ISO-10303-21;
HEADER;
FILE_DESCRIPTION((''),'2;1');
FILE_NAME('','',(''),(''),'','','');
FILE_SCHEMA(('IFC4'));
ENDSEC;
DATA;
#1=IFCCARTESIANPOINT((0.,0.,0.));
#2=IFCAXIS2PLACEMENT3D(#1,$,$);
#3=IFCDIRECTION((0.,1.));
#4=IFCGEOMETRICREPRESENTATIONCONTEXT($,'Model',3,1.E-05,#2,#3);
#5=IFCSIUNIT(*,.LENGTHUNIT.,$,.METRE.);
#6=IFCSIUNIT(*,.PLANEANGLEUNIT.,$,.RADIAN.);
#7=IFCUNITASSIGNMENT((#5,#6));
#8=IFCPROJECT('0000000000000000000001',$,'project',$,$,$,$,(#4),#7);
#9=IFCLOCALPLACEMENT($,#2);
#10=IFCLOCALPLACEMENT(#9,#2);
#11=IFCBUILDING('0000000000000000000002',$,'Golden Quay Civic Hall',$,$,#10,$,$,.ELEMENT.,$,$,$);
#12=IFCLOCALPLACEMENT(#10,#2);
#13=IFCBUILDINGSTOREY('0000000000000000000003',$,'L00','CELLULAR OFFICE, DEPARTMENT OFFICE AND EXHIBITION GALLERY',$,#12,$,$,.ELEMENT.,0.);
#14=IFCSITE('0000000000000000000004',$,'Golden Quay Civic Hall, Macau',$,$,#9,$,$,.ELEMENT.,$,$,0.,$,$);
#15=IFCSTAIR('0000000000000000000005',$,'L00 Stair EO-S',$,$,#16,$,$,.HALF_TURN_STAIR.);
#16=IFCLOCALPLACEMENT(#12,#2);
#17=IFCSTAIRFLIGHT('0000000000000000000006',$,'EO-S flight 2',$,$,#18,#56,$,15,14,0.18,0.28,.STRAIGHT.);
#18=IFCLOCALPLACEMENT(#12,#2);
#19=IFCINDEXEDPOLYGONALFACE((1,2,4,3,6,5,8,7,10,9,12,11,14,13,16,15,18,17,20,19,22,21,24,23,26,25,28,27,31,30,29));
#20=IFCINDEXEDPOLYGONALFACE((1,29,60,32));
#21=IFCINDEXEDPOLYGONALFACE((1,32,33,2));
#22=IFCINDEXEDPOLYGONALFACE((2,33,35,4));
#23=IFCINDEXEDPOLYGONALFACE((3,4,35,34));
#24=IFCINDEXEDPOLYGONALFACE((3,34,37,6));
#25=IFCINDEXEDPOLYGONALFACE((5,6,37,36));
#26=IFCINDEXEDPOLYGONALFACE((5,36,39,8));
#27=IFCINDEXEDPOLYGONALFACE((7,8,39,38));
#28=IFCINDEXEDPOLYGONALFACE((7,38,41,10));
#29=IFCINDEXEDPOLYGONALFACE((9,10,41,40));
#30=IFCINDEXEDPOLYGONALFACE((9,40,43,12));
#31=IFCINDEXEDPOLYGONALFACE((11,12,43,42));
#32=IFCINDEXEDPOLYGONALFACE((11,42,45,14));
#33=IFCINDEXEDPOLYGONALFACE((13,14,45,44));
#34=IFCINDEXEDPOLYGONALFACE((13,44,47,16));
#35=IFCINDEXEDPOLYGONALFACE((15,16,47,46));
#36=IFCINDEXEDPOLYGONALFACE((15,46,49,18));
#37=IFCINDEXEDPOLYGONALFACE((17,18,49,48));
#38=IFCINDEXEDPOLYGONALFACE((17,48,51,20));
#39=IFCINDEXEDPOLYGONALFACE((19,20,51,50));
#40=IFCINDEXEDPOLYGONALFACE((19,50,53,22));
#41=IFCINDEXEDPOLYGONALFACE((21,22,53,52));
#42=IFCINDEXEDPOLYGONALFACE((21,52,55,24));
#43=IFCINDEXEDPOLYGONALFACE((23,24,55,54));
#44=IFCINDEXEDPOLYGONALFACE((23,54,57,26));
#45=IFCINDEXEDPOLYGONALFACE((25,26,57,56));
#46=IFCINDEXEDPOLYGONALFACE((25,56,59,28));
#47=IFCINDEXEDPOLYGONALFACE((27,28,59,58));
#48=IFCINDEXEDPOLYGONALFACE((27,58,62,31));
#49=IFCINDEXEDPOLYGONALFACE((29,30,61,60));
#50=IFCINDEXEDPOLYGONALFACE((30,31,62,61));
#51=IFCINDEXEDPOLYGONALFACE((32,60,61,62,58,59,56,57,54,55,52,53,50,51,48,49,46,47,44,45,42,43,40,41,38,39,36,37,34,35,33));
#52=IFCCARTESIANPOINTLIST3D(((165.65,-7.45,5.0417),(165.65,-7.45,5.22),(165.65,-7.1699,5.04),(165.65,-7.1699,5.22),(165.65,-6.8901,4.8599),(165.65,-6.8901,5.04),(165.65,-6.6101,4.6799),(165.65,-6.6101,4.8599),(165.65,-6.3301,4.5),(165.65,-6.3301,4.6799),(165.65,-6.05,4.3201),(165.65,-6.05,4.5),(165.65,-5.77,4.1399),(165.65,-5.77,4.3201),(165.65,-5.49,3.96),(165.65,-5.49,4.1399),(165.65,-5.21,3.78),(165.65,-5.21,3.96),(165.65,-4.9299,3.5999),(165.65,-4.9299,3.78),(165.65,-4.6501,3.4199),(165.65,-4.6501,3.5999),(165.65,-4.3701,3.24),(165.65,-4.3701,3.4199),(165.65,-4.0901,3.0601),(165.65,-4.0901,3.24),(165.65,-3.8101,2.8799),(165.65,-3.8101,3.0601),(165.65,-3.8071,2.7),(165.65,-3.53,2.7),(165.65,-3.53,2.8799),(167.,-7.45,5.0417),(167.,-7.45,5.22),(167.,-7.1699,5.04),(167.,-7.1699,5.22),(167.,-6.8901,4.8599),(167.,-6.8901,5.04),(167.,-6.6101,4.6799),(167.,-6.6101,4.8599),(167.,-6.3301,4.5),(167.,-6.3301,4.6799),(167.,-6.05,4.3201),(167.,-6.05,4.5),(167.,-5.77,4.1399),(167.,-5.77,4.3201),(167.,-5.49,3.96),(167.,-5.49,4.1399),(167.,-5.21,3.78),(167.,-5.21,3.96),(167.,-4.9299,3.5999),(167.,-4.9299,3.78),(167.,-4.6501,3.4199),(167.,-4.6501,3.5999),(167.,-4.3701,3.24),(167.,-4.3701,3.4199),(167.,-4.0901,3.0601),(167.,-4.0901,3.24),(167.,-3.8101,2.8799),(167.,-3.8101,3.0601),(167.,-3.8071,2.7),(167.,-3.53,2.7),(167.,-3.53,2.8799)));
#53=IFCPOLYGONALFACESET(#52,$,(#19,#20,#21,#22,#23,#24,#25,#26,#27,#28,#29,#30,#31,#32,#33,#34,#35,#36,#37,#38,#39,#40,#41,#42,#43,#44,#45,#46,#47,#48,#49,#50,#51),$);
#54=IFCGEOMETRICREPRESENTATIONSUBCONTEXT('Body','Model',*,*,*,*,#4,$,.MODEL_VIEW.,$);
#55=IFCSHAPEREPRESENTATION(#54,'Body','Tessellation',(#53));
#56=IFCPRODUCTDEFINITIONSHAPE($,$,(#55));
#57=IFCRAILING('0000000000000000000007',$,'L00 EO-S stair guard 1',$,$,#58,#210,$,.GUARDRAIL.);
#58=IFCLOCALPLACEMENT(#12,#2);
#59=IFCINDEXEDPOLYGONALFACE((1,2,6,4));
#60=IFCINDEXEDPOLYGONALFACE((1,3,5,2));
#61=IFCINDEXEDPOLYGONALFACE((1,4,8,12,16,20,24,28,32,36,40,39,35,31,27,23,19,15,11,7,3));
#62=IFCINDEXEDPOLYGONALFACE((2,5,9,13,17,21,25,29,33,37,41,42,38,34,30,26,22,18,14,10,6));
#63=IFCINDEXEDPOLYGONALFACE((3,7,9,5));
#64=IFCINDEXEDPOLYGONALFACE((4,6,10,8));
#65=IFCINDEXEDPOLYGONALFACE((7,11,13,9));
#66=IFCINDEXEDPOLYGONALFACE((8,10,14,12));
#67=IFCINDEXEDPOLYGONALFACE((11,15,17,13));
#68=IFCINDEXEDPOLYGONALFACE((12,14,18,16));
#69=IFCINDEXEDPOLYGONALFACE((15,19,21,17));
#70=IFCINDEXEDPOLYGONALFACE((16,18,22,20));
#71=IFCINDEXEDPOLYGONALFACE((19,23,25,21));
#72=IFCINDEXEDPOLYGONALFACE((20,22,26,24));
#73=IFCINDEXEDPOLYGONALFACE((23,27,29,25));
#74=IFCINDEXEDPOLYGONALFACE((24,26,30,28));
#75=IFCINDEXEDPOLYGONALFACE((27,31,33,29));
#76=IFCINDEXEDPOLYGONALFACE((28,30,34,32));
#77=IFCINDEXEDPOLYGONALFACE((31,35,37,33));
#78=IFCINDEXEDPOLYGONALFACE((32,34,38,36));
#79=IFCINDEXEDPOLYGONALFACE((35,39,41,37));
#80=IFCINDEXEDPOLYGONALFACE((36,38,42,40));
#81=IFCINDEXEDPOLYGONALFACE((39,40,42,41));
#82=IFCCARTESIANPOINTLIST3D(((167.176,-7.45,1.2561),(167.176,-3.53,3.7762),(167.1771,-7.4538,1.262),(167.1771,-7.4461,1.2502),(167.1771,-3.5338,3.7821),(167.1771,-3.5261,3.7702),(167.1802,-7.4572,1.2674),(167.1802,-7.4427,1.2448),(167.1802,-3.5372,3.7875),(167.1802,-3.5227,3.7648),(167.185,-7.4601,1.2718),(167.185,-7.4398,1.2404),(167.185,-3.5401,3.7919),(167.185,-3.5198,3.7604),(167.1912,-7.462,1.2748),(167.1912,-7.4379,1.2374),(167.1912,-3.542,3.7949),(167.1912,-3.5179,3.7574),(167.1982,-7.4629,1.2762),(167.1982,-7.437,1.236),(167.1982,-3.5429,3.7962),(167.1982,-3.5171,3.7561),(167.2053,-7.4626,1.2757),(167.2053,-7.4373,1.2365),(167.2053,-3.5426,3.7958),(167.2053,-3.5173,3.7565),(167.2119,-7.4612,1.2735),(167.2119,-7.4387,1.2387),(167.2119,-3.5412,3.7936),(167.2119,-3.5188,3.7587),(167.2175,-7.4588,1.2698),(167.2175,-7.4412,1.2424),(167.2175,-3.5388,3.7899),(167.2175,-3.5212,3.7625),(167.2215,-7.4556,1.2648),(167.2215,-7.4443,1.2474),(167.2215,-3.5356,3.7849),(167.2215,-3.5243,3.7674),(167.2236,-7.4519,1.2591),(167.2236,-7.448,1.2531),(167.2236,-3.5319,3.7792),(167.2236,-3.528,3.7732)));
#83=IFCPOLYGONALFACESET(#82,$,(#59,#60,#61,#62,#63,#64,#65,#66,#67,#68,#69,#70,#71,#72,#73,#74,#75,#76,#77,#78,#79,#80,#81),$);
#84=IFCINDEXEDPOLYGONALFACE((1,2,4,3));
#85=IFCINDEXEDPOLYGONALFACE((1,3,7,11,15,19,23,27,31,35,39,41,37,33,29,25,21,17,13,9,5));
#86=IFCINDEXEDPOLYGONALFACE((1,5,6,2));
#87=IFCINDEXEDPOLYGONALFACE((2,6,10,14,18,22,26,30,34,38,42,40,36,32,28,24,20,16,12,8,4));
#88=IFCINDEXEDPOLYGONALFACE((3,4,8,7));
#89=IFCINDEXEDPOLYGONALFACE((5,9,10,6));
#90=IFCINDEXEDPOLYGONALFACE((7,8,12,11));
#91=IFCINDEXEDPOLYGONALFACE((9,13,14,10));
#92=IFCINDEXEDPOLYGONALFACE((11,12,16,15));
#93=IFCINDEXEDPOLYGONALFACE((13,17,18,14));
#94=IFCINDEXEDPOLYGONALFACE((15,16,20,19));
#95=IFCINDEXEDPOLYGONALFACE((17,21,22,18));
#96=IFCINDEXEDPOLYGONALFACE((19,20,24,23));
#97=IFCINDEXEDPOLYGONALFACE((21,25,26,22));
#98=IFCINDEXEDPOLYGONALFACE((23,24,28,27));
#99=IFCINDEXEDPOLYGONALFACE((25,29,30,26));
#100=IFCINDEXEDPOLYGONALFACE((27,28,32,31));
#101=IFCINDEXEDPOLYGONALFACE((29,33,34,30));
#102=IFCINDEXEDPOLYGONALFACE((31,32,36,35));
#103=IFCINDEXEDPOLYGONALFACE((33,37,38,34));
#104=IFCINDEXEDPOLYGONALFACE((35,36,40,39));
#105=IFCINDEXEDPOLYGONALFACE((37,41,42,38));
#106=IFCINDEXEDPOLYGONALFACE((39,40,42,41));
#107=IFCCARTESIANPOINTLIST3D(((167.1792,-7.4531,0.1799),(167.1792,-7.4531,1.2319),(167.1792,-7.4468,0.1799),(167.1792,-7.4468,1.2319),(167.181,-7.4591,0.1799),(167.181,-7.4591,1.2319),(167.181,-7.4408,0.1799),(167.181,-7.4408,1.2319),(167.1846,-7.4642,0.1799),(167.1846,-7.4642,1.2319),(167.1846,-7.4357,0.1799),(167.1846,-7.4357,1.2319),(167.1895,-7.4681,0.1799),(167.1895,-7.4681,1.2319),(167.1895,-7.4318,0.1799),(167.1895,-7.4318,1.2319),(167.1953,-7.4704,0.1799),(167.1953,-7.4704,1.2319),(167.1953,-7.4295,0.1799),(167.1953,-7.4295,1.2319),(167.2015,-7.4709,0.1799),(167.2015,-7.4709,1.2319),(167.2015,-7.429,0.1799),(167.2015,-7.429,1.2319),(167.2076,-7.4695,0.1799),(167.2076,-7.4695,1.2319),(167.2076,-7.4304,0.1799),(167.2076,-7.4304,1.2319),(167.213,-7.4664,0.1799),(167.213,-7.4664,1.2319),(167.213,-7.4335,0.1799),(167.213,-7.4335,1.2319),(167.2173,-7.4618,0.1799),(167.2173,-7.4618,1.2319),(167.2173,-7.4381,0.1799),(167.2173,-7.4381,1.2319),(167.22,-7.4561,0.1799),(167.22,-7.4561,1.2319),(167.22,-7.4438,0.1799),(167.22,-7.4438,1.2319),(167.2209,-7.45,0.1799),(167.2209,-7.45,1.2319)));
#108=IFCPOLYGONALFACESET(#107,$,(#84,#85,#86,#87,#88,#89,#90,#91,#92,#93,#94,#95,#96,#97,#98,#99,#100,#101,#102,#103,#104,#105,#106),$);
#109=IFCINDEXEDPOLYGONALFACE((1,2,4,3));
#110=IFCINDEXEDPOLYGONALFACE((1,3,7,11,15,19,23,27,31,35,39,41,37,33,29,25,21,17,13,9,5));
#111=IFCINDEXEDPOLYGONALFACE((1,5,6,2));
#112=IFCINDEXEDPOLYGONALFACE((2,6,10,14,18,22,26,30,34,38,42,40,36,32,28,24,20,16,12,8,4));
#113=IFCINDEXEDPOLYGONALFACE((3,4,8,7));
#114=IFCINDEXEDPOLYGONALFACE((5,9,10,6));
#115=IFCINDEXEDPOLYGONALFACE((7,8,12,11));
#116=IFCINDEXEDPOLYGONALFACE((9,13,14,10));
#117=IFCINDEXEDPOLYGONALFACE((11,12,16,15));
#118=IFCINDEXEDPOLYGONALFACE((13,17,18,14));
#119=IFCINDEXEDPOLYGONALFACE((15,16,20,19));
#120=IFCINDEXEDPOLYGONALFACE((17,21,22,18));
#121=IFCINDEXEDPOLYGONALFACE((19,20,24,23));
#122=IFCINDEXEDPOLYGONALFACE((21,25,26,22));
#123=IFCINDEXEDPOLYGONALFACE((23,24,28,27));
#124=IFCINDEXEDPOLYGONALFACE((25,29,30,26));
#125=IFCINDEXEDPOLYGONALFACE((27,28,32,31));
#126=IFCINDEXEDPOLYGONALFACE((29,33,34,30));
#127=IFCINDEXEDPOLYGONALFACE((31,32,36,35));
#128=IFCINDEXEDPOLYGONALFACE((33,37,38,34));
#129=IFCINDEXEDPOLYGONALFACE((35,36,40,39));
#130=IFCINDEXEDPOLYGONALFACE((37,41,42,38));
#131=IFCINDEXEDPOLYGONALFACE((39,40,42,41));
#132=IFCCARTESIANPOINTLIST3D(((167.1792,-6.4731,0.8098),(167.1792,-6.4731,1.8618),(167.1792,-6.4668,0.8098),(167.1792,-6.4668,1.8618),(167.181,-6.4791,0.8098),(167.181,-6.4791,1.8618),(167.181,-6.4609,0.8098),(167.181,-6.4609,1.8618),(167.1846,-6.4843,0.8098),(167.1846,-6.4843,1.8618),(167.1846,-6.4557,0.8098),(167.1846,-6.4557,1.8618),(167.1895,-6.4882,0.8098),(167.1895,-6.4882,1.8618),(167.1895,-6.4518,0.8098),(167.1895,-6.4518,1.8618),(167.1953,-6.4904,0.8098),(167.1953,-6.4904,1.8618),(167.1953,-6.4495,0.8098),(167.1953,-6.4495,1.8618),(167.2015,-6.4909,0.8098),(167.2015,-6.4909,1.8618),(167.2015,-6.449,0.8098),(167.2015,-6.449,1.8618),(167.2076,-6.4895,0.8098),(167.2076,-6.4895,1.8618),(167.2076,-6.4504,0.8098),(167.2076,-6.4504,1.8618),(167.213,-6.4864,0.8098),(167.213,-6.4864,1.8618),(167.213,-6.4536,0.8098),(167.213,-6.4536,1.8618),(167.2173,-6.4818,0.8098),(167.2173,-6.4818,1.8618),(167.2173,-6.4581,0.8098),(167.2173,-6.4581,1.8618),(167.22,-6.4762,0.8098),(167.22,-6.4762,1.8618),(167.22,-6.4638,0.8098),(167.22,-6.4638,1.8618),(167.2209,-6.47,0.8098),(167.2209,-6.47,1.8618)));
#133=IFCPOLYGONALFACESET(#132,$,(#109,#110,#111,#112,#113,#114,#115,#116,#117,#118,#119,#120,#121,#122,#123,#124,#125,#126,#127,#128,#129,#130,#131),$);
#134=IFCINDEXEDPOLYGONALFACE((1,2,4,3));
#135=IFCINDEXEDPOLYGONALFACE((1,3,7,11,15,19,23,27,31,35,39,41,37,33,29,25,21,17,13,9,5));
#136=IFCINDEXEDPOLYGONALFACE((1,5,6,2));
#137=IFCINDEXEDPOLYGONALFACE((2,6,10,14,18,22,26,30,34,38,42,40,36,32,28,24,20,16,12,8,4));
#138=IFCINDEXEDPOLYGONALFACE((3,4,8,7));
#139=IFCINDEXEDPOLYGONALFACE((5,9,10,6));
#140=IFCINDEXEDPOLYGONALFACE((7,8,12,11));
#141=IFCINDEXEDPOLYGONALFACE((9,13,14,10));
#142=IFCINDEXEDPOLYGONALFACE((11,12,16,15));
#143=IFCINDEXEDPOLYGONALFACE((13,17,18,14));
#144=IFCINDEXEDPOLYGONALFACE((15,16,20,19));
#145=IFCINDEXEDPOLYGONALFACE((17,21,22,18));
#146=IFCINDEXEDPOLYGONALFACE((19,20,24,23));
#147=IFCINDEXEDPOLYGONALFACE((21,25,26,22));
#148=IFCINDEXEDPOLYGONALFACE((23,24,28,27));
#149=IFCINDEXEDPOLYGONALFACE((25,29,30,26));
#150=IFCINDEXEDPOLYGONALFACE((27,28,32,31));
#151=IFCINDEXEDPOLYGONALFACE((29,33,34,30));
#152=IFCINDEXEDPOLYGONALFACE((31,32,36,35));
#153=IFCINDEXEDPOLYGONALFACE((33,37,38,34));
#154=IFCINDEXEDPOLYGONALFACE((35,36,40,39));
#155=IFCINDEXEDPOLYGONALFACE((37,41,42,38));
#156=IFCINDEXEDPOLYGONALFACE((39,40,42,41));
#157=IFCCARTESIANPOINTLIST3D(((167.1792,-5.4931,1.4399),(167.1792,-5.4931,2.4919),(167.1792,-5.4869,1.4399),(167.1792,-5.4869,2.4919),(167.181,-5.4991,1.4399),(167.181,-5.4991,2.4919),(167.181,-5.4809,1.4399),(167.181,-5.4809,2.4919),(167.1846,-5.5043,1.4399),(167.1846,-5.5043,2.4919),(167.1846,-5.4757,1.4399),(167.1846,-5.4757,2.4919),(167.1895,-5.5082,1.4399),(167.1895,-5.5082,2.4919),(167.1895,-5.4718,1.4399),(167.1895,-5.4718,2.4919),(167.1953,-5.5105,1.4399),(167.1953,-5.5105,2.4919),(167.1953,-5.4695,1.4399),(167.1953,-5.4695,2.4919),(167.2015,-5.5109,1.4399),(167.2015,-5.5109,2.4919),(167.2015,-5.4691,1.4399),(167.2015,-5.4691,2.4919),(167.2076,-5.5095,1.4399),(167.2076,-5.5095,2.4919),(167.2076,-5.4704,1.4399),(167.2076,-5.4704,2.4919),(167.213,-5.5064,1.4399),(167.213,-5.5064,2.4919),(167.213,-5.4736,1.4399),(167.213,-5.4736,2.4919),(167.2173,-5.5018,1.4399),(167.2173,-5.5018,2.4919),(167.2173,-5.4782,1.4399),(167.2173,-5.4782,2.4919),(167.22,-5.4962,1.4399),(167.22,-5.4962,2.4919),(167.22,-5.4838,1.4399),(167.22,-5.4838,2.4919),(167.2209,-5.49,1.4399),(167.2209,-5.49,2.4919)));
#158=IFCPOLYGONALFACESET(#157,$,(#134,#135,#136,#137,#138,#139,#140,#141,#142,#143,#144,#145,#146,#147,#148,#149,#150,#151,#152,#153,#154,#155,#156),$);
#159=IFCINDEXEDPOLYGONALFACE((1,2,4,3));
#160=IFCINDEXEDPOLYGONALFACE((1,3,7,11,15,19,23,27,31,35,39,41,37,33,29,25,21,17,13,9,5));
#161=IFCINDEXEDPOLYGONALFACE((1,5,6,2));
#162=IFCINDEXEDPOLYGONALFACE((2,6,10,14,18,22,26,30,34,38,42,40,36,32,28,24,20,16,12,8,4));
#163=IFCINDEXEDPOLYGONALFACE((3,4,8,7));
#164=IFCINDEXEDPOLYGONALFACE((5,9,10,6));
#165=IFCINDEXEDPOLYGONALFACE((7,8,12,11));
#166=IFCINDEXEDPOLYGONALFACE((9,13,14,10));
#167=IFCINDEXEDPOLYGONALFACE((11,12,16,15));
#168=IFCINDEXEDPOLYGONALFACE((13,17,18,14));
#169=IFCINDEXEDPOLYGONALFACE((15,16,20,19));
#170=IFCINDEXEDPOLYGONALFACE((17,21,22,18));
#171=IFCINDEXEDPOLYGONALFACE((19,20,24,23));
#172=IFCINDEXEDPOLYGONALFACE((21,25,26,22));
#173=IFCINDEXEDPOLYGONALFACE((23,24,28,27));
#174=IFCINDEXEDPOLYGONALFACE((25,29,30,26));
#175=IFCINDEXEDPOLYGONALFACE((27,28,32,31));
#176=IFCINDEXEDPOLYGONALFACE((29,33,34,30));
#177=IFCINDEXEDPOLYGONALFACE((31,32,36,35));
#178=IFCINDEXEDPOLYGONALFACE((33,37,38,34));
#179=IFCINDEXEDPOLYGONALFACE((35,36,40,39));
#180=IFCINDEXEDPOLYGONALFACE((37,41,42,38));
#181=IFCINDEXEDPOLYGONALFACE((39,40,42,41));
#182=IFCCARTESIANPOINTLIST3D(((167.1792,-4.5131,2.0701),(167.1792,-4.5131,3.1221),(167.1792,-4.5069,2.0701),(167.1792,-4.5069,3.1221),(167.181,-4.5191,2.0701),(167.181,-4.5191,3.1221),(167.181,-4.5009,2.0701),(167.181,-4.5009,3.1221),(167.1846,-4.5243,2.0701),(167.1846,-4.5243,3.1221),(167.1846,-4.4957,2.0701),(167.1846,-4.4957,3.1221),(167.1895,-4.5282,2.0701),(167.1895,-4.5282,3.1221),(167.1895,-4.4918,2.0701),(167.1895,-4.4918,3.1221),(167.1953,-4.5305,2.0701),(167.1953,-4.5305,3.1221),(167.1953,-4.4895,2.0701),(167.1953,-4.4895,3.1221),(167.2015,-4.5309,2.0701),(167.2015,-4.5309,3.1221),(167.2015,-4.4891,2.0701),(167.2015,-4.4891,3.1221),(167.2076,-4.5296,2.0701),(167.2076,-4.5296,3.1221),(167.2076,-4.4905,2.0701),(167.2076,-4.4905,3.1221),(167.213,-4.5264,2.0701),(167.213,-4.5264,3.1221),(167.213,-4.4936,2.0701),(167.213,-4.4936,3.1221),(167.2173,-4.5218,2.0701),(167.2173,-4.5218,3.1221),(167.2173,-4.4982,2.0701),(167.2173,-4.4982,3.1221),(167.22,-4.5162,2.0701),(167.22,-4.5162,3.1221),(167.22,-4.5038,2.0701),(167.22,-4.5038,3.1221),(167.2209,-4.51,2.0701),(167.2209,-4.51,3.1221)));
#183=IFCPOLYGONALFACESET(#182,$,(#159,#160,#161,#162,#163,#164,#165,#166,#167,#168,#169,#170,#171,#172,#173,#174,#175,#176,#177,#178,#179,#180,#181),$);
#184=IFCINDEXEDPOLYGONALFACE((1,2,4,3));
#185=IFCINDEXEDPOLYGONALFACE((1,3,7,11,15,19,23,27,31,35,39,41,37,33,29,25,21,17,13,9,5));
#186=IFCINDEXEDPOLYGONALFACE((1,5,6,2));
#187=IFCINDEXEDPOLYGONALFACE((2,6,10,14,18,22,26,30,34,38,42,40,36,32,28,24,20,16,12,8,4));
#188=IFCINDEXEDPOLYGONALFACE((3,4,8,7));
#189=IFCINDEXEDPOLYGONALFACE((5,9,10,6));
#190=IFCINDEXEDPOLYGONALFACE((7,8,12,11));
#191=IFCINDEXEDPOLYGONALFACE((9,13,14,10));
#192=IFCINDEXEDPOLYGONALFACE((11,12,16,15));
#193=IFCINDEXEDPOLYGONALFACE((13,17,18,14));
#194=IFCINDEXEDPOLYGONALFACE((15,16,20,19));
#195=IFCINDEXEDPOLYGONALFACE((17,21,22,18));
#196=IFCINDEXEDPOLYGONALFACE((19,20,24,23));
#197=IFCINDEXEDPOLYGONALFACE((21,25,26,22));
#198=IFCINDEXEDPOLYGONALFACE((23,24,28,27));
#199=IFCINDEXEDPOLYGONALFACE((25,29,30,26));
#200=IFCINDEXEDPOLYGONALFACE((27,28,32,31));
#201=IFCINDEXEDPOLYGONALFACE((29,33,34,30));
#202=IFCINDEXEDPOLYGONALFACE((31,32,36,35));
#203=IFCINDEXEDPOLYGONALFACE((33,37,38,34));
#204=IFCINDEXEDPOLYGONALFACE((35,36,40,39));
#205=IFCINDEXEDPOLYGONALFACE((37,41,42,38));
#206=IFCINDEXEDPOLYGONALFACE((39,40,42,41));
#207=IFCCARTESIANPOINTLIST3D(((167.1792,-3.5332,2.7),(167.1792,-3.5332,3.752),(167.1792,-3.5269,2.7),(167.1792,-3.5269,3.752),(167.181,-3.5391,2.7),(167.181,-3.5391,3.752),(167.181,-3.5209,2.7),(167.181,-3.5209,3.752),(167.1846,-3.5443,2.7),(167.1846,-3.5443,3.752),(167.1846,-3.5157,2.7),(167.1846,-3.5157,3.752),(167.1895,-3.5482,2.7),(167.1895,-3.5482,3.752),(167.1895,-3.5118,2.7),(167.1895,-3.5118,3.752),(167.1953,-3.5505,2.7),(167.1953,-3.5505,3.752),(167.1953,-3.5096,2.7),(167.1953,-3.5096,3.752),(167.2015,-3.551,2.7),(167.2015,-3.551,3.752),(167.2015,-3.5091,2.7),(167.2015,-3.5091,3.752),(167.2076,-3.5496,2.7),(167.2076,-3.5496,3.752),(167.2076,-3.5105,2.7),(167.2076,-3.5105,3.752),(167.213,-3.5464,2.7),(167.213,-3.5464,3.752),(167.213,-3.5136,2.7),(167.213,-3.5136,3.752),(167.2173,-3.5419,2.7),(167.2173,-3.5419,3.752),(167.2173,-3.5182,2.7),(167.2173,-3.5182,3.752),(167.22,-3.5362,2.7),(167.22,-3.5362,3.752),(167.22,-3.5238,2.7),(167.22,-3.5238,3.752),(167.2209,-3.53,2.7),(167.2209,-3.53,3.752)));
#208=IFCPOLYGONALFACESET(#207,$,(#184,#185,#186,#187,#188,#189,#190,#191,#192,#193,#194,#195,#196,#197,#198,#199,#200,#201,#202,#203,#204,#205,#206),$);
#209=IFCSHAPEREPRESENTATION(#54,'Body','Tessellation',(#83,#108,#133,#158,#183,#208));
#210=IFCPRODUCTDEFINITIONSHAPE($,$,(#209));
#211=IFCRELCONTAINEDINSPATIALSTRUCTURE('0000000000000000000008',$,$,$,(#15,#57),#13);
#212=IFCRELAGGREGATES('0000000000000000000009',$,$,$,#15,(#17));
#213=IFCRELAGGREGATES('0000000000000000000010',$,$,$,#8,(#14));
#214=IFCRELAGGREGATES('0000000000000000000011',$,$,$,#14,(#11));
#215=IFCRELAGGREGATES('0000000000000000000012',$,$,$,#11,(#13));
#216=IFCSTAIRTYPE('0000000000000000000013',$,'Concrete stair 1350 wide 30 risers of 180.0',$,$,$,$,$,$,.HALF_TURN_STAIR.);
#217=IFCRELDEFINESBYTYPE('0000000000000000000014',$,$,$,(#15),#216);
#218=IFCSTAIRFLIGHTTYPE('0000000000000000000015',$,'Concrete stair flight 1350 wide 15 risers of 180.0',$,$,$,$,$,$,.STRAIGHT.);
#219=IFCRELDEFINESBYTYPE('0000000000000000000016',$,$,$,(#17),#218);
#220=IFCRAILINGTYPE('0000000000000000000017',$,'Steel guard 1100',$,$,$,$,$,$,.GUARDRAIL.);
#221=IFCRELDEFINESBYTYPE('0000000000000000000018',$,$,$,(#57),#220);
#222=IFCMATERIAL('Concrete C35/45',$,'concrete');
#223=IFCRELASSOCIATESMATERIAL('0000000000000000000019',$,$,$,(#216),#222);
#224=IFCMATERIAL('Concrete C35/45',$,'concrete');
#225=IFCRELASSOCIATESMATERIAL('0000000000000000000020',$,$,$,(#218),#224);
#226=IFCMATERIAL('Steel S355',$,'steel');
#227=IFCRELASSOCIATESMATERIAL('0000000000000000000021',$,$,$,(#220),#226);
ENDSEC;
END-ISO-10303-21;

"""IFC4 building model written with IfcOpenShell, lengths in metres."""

from ifc_helpers import new_model, si_unit, direction, frame, origin, origin_2d, place, context, subcontext, project, spatial, polyline, circle, outline, extrude, material, type_object, element, aggregate, save


model = new_model("IFC4")

# Units and contexts
model_context = context("Model", 3, precision=1e-05, world=origin(), true_north=direction((0.0, 1.0)))
body_context = subcontext(model_context, "Body", "Model", "MODEL_VIEW")
ifc_project = project(units=[si_unit("LENGTHUNIT", "METRE"), si_unit("PLANEANGLEUNIT", "RADIAN")], contexts=[model_context])

# Site, building, storey
site_placement = place(None, origin())
site = spatial("IfcSite", under=ifc_project, at=site_placement, Name="Golden Quay Civic Hall, Macau", CompositionType="ELEMENT", RefElevation=0.0)
building_placement = place(site_placement, origin())
building = spatial("IfcBuilding", under=site, at=building_placement, Name="Golden Quay Civic Hall", CompositionType="ELEMENT")
storey_placement = place(building_placement, origin())
storey = spatial("IfcBuildingStorey", under=building, at=storey_placement, Name="L00", Description="CELLULAR OFFICE, DEPARTMENT OFFICE AND EXHIBITION GALLERY", CompositionType="ELEMENT", Elevation=0.0)

# Stair, stair flight
ifc_material_1 = material(Name="Concrete C35/45", Category="concrete")
stair_type = type_object("IfcStairType", Name="Concrete stair 1350 wide 30 risers of 180.0", PredefinedType="HALF_TURN_STAIR", material=ifc_material_1)
stair_placement = place(storey_placement, origin())
stair = element("IfcStair", 1, at=stair_placement, inside=storey, type_object=stair_type, Name="L00 Stair EO-S", PredefinedType="HALF_TURN_STAIR")
ifc_material_2 = material(Name="Concrete C35/45", Category="concrete")
stair_flight_type = type_object("IfcStairFlightType", Name="Concrete stair flight 1350 wide 15 risers of 180.0", PredefinedType="STRAIGHT", material=ifc_material_2)
stair_flight_1_placement = place(storey_placement, frame((166.325, -3.53, 2.7), z_axis=(0.0, 0.0, 1.0), x_axis=(0.0, -1.0, 0.0)))
stair_flight_1 = element("IfcStairFlight", 2, at=stair_flight_1_placement, type_object=stair_flight_type, Name="EO-S flight 2", NumberOfRisers=15, NumberOfTreads=14, PredefinedType="STRAIGHT", RiserHeight=0.18, TreadLength=0.28, context=body_context, shape_type="SweptSolid", body=[
    extrude(outline(polyline([(0.0, 0.0), (0.0, 0.1799), (0.28, 0.1799), (0.28, 0.3601), (0.5601, 0.3601), (0.5601, 0.54), (0.8401, 0.54), (0.8401, 0.72), (1.1201, 0.72), (1.1201, 0.8999), (1.3999, 0.8999), (1.3999, 1.0801), (1.6799, 1.0801), (1.6799, 1.26), (1.96, 1.26), (1.96, 1.4399), (2.24, 1.4399), (2.24, 1.6201), (2.52, 1.6201), (2.52, 1.8), (2.8, 1.8), (2.8, 1.98), (3.0801, 1.98), (3.0801, 2.1599), (3.3601, 2.1599), (3.3601, 2.3401), (3.6399, 2.3401), (3.6399, 2.52), (3.9199, 2.52), (3.9199, 2.7), (3.9199, 2.3418), (0.2771, 0.0), (0.0, 0.0)])), frame((0.0, 0.675, 0.0), z_axis=(0.0, -1.0, 0.0), x_axis=(1.0, 0.0, 0.0)), (0.0, 0.0, 1.0), 1.35),
])
aggregate(stair, [stair_flight_1])

# Railing
ifc_material_3 = material(Name="Steel S355", Category="steel")
railing_type_1 = type_object("IfcRailingType", Name="Steel guard 1100", PredefinedType="GUARDRAIL", material=ifc_material_3)
railing_1_placement = place(storey_placement, frame((167.2, -7.45, 0.1799)))
element("IfcRailing", 3, at=railing_1_placement, inside=storey, type_object=railing_type_1, Name="L00 EO-S stair guard 1", PredefinedType="GUARDRAIL", context=body_context, shape_type="SweptSolid", body=[
    extrude(circle(Radius=0.0239, at=origin_2d()), frame((0.0, 0.0, 1.0762), z_axis=(0.0, 0.841172, 0.540768), x_axis=(-1.0, 0.0, 0.0)), (0.0, 0.0, 1.0), 4.6602),
    extrude(circle(Radius=0.021, at=origin_2d()), origin(), (0.0, 0.0, 1.0), 1.052),
    extrude(circle(Radius=0.021, at=origin_2d()), frame((0.0, 0.98, 0.6299)), (0.0, 0.0, 1.0), 1.052),
    extrude(circle(Radius=0.021, at=origin_2d()), frame((0.0, 1.96, 1.26)), (0.0, 0.0, 1.0), 1.052),
    extrude(circle(Radius=0.021, at=origin_2d()), frame((0.0, 2.9399, 1.8901)), (0.0, 0.0, 1.0), 1.052),
    extrude(circle(Radius=0.021, at=origin_2d()), frame((0.0, 3.9199, 2.52)), (0.0, 0.0, 1.0), 1.052),
])

save(model, "model.ifc")
